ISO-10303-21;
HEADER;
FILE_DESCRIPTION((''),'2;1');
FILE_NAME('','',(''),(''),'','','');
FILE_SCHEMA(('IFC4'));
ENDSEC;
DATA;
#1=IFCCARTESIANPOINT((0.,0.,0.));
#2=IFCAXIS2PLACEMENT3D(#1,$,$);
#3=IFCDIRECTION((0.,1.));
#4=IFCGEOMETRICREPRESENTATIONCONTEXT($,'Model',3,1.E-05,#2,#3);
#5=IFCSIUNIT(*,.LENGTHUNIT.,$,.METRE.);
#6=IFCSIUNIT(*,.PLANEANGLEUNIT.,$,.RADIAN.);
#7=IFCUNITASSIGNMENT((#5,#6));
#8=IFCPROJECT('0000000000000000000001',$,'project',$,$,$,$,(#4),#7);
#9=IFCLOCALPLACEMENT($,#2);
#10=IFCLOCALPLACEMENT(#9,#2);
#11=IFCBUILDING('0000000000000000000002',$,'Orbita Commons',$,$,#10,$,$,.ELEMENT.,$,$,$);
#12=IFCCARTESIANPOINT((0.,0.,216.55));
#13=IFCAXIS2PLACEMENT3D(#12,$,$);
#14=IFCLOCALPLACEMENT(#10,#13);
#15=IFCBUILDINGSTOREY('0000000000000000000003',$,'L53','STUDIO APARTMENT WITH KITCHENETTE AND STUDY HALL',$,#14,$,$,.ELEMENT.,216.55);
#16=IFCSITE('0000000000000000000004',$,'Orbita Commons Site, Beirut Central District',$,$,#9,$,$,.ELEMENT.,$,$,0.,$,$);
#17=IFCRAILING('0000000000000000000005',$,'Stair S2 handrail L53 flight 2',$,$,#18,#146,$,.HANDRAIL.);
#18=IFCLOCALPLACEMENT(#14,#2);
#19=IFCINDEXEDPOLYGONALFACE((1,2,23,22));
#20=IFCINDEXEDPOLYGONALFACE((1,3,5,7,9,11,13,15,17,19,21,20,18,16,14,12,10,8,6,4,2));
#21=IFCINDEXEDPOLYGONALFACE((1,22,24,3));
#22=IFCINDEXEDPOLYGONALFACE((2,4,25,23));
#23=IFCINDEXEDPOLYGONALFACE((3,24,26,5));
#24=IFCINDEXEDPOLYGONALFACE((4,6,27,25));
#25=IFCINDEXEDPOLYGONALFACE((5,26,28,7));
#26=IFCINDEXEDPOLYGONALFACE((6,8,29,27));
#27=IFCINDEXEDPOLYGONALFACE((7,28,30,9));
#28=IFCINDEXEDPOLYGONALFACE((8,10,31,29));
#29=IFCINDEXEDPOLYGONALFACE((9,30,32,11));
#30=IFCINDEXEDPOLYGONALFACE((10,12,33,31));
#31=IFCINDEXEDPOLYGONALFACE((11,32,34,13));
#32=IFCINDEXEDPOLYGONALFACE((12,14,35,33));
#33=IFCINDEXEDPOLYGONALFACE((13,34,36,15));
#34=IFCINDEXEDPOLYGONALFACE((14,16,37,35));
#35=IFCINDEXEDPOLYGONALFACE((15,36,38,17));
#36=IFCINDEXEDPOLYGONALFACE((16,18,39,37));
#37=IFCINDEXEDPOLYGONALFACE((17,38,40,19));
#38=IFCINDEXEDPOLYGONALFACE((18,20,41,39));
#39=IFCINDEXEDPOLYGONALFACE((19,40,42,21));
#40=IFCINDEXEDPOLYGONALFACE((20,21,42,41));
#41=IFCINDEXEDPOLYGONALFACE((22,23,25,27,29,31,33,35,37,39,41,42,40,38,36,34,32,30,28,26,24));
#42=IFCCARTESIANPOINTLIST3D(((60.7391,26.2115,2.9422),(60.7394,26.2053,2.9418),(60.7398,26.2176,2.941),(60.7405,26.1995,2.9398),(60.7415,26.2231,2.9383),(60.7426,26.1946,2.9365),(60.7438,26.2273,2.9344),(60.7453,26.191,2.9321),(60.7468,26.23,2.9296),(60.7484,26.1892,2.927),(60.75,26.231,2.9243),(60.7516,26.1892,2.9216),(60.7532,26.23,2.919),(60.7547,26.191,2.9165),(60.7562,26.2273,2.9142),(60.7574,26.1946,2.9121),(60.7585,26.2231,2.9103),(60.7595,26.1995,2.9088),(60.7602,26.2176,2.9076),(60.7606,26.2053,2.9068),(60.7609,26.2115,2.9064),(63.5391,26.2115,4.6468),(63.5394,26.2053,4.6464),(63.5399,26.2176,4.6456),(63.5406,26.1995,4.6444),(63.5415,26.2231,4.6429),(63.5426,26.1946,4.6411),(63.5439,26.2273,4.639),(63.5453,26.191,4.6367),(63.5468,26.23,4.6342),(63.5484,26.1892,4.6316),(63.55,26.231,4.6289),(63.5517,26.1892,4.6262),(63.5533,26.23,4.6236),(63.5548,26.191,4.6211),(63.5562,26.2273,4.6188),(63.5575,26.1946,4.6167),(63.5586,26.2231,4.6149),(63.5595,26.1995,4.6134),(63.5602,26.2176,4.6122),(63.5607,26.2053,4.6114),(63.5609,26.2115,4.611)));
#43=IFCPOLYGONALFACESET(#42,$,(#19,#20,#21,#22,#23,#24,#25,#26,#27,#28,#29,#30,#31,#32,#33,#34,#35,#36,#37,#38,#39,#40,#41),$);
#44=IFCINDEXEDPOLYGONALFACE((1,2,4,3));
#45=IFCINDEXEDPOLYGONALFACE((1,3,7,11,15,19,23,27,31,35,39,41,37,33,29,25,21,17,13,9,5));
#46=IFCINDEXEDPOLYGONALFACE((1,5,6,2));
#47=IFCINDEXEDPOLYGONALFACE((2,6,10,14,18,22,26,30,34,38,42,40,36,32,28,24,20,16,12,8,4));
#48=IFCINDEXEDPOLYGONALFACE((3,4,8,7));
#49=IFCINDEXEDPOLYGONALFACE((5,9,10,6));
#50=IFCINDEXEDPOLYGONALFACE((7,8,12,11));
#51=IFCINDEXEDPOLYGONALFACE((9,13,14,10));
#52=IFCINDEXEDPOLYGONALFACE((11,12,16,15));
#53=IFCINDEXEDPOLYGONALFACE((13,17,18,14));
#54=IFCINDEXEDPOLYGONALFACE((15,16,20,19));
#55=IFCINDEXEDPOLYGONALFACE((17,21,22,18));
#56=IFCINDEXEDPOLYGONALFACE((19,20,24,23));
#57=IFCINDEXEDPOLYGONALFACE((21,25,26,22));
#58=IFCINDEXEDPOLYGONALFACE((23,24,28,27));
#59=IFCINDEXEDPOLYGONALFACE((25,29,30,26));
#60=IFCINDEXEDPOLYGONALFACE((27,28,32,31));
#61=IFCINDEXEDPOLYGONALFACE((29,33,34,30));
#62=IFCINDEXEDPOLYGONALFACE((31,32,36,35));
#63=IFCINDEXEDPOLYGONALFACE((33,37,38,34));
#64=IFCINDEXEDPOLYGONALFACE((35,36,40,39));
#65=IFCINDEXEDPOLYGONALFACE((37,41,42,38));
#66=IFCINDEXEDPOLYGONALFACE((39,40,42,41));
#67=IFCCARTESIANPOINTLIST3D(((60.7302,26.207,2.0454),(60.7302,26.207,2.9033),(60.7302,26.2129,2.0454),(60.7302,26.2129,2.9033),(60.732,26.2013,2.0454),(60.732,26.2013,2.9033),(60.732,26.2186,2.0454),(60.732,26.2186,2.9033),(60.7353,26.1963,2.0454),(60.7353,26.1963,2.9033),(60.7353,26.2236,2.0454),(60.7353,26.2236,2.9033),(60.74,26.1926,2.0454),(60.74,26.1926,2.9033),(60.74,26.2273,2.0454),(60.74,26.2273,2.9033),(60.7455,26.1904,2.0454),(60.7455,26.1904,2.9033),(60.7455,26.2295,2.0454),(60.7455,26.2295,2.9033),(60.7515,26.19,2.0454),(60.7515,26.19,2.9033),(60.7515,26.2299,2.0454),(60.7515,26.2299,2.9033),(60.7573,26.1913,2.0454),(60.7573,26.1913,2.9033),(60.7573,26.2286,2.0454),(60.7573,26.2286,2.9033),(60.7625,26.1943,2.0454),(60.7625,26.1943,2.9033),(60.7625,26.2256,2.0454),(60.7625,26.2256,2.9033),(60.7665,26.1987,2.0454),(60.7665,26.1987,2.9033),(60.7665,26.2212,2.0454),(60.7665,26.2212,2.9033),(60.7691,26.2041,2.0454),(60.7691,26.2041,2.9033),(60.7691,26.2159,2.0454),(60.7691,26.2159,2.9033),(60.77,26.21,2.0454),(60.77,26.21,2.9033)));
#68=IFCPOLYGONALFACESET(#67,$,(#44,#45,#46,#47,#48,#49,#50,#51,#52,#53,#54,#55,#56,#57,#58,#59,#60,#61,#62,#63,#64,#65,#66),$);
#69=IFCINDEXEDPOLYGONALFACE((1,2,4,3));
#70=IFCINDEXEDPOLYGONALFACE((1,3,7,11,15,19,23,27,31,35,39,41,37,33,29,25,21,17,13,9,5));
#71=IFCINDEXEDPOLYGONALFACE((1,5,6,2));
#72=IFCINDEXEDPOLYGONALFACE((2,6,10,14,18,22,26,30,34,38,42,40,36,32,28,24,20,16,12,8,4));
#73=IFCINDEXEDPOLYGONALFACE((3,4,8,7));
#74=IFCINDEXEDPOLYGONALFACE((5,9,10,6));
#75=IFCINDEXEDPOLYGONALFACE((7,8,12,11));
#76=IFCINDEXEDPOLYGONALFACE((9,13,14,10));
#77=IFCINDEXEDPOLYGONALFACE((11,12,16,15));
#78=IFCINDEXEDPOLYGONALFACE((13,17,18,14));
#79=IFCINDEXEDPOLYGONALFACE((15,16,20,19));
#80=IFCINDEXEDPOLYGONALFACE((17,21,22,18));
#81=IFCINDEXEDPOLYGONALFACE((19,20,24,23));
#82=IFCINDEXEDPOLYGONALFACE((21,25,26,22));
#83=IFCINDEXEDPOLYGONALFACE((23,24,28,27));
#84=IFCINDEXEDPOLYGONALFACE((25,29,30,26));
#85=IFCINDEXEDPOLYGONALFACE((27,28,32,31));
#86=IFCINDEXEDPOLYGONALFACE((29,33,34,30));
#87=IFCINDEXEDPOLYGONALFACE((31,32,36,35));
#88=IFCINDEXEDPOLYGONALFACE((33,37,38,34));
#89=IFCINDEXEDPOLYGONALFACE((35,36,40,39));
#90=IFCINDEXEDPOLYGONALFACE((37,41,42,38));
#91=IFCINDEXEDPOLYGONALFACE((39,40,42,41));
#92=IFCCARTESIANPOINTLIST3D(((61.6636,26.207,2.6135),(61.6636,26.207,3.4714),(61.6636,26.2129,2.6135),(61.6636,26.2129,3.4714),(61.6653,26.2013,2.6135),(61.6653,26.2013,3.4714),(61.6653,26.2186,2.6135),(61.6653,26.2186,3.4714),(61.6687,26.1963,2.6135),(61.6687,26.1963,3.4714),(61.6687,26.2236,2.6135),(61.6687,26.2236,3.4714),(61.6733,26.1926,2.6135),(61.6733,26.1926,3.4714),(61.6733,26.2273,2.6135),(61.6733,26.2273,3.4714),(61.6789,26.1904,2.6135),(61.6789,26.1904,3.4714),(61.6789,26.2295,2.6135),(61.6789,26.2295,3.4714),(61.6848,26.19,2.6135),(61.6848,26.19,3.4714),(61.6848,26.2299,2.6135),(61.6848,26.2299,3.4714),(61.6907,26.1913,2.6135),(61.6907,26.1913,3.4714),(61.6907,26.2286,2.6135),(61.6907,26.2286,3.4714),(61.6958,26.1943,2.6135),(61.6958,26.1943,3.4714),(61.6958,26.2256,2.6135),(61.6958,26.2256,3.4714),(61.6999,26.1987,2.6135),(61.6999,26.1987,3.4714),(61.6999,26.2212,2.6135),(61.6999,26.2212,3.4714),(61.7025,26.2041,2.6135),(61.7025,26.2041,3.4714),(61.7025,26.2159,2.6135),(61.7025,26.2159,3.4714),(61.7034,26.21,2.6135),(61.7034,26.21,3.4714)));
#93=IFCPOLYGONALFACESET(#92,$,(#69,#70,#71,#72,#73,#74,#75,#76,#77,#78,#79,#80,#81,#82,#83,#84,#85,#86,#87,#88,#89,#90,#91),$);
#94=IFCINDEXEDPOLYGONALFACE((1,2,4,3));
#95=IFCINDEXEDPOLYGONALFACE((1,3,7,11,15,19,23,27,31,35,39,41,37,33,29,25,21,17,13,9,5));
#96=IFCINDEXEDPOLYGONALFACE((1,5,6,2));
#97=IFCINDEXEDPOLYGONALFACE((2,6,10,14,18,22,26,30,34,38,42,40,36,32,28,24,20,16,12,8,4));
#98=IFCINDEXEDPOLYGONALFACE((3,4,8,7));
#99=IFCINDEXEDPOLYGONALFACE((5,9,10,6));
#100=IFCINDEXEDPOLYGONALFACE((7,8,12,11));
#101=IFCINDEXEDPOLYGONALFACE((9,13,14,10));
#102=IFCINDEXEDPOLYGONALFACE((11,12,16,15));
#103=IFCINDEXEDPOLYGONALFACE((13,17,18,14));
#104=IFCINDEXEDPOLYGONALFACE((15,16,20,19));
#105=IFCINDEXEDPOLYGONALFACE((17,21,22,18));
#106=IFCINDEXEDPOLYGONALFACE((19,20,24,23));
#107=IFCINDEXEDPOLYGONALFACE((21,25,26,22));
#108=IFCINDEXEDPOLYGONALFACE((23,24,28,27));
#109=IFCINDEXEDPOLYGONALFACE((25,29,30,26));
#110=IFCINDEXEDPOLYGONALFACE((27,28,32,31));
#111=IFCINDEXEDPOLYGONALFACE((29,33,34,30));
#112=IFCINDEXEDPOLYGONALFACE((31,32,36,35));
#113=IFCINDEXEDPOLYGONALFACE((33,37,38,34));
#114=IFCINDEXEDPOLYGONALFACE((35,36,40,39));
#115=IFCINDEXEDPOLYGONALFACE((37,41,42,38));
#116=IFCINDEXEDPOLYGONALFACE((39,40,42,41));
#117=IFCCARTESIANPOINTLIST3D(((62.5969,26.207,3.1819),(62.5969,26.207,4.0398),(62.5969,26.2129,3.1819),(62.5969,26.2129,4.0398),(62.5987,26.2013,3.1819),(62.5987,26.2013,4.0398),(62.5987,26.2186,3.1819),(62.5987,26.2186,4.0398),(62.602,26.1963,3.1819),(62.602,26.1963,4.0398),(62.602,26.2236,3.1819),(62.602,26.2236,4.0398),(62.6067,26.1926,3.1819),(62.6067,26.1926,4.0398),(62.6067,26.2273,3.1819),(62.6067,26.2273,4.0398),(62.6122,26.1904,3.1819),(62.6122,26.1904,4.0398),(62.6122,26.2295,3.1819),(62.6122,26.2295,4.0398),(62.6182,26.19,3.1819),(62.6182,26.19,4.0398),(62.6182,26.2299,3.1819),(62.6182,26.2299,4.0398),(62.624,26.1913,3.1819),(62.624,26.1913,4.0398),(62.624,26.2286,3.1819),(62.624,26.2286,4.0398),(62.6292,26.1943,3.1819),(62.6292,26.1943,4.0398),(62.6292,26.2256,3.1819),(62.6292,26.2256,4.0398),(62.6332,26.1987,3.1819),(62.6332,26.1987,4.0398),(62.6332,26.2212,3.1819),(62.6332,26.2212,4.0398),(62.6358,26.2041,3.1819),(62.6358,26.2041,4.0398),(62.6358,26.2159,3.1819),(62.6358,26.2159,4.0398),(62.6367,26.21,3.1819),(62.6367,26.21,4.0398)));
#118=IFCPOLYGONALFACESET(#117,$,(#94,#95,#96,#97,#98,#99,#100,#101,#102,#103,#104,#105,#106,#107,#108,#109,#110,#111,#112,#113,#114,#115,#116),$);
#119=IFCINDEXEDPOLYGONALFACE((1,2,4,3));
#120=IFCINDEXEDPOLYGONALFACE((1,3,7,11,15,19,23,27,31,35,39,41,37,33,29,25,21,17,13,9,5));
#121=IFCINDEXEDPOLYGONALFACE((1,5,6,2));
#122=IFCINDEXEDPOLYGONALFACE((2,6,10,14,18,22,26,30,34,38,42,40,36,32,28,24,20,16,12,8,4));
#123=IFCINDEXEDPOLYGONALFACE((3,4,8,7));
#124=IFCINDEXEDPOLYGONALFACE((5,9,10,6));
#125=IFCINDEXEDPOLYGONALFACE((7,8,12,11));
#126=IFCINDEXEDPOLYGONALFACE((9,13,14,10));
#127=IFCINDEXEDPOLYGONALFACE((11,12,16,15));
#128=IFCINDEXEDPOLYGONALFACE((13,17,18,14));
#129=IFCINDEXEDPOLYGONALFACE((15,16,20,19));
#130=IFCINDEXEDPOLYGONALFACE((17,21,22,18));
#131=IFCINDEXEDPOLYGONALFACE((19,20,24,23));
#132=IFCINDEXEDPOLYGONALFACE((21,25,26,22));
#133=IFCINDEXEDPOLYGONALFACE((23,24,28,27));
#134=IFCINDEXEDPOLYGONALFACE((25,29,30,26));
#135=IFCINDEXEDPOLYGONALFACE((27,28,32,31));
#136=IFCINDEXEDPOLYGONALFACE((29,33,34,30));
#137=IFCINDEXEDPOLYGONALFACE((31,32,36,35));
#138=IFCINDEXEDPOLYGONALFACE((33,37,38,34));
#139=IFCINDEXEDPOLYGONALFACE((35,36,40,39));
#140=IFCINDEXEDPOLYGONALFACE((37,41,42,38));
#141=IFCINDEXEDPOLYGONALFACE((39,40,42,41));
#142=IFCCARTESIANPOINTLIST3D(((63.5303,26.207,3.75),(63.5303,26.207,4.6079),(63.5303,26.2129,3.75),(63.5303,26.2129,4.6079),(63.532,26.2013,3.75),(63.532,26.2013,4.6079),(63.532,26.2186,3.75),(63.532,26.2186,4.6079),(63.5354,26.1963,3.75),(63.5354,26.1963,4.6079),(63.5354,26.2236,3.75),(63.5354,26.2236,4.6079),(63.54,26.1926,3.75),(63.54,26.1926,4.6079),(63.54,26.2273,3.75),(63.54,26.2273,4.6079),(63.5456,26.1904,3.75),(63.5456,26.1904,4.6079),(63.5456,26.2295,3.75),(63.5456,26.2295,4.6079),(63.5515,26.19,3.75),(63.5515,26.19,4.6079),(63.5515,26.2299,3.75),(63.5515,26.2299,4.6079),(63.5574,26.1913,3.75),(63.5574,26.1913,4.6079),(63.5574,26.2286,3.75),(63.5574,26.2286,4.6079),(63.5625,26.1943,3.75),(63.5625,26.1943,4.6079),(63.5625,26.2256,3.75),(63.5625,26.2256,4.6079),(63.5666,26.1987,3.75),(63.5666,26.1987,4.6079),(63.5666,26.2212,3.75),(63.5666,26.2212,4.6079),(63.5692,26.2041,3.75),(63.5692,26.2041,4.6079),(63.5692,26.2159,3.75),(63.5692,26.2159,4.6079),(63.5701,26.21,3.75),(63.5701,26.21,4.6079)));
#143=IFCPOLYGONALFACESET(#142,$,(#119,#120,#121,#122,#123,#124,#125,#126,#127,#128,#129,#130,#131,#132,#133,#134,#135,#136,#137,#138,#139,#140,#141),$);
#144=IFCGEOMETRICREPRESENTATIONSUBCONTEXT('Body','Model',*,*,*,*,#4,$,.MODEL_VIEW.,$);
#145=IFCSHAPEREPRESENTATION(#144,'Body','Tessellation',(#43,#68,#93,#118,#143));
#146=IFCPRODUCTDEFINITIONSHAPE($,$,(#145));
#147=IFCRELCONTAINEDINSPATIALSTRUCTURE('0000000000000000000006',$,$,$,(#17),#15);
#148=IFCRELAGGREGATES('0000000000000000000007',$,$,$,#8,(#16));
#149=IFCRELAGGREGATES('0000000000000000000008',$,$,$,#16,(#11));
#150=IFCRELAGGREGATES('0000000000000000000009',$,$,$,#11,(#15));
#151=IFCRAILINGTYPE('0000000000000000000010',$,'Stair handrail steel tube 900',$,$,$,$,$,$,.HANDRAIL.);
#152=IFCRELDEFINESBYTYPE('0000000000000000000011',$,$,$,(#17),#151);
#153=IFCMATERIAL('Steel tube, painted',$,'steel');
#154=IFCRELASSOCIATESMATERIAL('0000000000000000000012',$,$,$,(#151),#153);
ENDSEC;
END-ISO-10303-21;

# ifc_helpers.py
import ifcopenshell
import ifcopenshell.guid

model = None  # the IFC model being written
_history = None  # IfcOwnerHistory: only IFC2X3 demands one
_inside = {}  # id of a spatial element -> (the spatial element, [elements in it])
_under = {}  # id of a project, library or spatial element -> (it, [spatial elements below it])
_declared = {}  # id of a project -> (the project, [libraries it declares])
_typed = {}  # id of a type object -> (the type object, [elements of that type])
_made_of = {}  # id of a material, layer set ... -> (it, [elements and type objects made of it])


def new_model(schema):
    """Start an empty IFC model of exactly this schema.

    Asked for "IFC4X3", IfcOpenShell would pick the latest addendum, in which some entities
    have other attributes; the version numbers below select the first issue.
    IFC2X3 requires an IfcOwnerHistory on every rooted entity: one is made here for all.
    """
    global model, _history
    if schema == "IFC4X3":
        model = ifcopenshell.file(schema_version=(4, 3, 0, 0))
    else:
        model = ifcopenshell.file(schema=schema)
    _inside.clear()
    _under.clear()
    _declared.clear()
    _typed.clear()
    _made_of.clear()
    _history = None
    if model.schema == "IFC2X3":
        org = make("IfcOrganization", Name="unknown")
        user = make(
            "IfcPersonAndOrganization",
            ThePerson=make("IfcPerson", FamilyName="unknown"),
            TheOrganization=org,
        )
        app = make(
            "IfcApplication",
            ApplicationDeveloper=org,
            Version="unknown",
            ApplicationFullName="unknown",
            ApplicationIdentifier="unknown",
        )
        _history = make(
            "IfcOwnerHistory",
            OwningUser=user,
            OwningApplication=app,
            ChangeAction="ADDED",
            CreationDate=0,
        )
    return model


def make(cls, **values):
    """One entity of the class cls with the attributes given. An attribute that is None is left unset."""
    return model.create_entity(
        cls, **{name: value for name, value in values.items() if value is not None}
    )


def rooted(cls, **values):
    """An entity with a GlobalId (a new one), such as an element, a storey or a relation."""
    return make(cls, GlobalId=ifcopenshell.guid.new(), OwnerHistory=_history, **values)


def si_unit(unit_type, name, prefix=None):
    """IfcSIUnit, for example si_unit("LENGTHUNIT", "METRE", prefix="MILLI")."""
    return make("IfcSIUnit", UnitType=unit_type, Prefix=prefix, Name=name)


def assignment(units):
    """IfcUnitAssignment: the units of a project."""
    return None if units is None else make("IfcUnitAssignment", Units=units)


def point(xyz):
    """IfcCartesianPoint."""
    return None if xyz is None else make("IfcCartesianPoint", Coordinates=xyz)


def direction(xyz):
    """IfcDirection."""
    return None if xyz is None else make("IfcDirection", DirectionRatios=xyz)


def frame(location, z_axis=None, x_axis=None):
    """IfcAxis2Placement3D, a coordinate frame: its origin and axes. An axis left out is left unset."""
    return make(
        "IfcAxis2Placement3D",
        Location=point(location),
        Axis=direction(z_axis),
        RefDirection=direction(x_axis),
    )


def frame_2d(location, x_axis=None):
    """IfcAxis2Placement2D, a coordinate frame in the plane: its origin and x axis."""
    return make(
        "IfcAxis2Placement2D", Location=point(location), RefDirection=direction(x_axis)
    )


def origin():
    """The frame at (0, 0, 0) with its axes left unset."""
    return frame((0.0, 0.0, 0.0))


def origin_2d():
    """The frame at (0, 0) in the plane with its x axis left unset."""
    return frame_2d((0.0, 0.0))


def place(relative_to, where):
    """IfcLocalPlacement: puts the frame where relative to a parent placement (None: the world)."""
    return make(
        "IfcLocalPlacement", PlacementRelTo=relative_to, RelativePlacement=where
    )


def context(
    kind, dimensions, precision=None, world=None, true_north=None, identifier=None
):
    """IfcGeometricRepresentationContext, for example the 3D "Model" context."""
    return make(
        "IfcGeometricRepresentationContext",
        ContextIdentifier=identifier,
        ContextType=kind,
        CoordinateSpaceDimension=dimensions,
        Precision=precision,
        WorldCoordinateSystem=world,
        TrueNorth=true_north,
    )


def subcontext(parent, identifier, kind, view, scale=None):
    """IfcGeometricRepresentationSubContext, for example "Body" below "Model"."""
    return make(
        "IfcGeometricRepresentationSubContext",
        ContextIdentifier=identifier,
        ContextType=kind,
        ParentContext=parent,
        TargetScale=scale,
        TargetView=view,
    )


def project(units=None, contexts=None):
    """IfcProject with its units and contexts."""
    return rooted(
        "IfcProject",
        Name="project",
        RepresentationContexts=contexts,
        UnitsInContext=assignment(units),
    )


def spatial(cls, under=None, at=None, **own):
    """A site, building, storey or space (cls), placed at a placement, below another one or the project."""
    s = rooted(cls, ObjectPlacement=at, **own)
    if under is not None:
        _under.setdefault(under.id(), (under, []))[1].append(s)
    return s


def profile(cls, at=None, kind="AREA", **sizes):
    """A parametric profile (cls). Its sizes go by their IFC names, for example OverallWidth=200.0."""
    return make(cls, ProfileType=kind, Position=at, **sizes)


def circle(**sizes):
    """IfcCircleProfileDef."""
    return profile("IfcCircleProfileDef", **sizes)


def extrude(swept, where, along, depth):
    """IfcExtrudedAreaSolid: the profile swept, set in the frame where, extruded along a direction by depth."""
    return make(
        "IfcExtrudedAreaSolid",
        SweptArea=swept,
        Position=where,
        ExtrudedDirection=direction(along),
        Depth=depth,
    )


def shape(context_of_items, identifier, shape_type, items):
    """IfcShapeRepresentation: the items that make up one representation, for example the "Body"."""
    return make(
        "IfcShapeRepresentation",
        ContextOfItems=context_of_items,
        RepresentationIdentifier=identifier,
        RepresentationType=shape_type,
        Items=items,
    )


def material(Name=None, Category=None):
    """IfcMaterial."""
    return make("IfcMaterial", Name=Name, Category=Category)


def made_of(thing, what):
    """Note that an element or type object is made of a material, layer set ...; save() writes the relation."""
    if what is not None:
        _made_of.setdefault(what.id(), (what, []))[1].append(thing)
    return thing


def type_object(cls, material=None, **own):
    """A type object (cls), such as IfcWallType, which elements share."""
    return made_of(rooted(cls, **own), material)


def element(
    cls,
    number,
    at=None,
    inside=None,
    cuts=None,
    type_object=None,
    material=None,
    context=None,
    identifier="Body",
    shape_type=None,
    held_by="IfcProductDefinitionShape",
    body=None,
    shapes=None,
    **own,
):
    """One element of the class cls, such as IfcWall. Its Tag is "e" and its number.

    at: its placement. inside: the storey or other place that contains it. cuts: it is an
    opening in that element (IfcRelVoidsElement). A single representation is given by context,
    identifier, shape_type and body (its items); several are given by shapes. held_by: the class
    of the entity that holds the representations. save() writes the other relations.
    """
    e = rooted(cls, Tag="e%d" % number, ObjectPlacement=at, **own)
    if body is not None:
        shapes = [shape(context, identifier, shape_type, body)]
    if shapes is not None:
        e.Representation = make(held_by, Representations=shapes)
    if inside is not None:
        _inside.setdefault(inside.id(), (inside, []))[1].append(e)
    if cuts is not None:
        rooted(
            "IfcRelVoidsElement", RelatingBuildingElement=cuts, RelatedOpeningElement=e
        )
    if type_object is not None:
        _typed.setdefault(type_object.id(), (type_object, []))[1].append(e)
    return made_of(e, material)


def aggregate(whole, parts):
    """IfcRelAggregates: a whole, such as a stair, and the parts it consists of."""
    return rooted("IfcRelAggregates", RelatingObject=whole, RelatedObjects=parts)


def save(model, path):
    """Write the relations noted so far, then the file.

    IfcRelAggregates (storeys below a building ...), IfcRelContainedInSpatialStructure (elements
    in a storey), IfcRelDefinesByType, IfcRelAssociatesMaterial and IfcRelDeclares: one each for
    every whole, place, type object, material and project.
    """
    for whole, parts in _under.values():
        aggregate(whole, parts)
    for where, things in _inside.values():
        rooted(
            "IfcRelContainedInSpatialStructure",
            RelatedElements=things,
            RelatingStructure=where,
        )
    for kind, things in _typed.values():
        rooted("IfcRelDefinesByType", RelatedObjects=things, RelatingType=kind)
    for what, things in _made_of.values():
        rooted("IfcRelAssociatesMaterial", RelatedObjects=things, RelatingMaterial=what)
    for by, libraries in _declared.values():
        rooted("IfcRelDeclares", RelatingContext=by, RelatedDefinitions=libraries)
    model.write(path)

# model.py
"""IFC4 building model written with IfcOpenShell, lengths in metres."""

from ifc_helpers import new_model, si_unit, direction, frame, origin, origin_2d, place, context, subcontext, project, spatial, circle, extrude, material, type_object, element, save


model = new_model("IFC4")

# Units and contexts
model_context = context("Model", 3, precision=1e-05, world=origin(), true_north=direction((0.0, 1.0)))
body_context = subcontext(model_context, "Body", "Model", "MODEL_VIEW")
ifc_project = project(units=[si_unit("LENGTHUNIT", "METRE"), si_unit("PLANEANGLEUNIT", "RADIAN")], contexts=[model_context])

# Site, building, storey
site_placement = place(None, origin())
site = spatial("IfcSite", under=ifc_project, at=site_placement, Name="Orbita Commons Site, Beirut Central District", CompositionType="ELEMENT", RefElevation=0.0)
building_placement = place(site_placement, origin())
building = spatial("IfcBuilding", under=site, at=building_placement, Name="Orbita Commons", CompositionType="ELEMENT")
storey_placement = place(building_placement, frame((0.0, 0.0, 216.55)))
storey = spatial("IfcBuildingStorey", under=building, at=storey_placement, Name="L53", Description="STUDIO APARTMENT WITH KITCHENETTE AND STUDY HALL", CompositionType="ELEMENT", Elevation=216.55)

# Railing
ifc_material_1 = material(Name="Steel tube, painted", Category="steel")
railing_type = type_object("IfcRailingType", Name="Stair handrail steel tube 900", PredefinedType="HANDRAIL", material=ifc_material_1)
for number, where, name in (
    (1, (60.75, 26.21, 2.0454), "Stair S2 handrail L53 flight 2"),
):
    element("IfcRailing", number, at=place(storey_placement, frame(where)), inside=storey, type_object=railing_type, Name=name, PredefinedType="HANDRAIL", context=body_context, shape_type="SweptSolid", body=[
        extrude(circle(Radius=0.021, at=origin_2d()), frame((0.0, 0.0, 0.8789), z_axis=(0.85417, 0.0, 0.519994), x_axis=(0.0, 1.0, 0.0)), (0.0, 0.0, 1.0), 3.2781),
        extrude(circle(Radius=0.02, at=origin_2d()), origin(), (0.0, 0.0, 1.0), 0.8579),
        extrude(circle(Radius=0.02, at=origin_2d()), frame((0.9333, 0.0, 0.5681)), (0.0, 0.0, 1.0), 0.8579),
        extrude(circle(Radius=0.02, at=origin_2d()), frame((1.8667, 0.0, 1.1365)), (0.0, 0.0, 1.0), 0.8579),
        extrude(circle(Radius=0.02, at=origin_2d()), frame((2.8, 0.0, 1.7046)), (0.0, 0.0, 1.0), 0.8579),
    ])

save(model, "model.ifc")
